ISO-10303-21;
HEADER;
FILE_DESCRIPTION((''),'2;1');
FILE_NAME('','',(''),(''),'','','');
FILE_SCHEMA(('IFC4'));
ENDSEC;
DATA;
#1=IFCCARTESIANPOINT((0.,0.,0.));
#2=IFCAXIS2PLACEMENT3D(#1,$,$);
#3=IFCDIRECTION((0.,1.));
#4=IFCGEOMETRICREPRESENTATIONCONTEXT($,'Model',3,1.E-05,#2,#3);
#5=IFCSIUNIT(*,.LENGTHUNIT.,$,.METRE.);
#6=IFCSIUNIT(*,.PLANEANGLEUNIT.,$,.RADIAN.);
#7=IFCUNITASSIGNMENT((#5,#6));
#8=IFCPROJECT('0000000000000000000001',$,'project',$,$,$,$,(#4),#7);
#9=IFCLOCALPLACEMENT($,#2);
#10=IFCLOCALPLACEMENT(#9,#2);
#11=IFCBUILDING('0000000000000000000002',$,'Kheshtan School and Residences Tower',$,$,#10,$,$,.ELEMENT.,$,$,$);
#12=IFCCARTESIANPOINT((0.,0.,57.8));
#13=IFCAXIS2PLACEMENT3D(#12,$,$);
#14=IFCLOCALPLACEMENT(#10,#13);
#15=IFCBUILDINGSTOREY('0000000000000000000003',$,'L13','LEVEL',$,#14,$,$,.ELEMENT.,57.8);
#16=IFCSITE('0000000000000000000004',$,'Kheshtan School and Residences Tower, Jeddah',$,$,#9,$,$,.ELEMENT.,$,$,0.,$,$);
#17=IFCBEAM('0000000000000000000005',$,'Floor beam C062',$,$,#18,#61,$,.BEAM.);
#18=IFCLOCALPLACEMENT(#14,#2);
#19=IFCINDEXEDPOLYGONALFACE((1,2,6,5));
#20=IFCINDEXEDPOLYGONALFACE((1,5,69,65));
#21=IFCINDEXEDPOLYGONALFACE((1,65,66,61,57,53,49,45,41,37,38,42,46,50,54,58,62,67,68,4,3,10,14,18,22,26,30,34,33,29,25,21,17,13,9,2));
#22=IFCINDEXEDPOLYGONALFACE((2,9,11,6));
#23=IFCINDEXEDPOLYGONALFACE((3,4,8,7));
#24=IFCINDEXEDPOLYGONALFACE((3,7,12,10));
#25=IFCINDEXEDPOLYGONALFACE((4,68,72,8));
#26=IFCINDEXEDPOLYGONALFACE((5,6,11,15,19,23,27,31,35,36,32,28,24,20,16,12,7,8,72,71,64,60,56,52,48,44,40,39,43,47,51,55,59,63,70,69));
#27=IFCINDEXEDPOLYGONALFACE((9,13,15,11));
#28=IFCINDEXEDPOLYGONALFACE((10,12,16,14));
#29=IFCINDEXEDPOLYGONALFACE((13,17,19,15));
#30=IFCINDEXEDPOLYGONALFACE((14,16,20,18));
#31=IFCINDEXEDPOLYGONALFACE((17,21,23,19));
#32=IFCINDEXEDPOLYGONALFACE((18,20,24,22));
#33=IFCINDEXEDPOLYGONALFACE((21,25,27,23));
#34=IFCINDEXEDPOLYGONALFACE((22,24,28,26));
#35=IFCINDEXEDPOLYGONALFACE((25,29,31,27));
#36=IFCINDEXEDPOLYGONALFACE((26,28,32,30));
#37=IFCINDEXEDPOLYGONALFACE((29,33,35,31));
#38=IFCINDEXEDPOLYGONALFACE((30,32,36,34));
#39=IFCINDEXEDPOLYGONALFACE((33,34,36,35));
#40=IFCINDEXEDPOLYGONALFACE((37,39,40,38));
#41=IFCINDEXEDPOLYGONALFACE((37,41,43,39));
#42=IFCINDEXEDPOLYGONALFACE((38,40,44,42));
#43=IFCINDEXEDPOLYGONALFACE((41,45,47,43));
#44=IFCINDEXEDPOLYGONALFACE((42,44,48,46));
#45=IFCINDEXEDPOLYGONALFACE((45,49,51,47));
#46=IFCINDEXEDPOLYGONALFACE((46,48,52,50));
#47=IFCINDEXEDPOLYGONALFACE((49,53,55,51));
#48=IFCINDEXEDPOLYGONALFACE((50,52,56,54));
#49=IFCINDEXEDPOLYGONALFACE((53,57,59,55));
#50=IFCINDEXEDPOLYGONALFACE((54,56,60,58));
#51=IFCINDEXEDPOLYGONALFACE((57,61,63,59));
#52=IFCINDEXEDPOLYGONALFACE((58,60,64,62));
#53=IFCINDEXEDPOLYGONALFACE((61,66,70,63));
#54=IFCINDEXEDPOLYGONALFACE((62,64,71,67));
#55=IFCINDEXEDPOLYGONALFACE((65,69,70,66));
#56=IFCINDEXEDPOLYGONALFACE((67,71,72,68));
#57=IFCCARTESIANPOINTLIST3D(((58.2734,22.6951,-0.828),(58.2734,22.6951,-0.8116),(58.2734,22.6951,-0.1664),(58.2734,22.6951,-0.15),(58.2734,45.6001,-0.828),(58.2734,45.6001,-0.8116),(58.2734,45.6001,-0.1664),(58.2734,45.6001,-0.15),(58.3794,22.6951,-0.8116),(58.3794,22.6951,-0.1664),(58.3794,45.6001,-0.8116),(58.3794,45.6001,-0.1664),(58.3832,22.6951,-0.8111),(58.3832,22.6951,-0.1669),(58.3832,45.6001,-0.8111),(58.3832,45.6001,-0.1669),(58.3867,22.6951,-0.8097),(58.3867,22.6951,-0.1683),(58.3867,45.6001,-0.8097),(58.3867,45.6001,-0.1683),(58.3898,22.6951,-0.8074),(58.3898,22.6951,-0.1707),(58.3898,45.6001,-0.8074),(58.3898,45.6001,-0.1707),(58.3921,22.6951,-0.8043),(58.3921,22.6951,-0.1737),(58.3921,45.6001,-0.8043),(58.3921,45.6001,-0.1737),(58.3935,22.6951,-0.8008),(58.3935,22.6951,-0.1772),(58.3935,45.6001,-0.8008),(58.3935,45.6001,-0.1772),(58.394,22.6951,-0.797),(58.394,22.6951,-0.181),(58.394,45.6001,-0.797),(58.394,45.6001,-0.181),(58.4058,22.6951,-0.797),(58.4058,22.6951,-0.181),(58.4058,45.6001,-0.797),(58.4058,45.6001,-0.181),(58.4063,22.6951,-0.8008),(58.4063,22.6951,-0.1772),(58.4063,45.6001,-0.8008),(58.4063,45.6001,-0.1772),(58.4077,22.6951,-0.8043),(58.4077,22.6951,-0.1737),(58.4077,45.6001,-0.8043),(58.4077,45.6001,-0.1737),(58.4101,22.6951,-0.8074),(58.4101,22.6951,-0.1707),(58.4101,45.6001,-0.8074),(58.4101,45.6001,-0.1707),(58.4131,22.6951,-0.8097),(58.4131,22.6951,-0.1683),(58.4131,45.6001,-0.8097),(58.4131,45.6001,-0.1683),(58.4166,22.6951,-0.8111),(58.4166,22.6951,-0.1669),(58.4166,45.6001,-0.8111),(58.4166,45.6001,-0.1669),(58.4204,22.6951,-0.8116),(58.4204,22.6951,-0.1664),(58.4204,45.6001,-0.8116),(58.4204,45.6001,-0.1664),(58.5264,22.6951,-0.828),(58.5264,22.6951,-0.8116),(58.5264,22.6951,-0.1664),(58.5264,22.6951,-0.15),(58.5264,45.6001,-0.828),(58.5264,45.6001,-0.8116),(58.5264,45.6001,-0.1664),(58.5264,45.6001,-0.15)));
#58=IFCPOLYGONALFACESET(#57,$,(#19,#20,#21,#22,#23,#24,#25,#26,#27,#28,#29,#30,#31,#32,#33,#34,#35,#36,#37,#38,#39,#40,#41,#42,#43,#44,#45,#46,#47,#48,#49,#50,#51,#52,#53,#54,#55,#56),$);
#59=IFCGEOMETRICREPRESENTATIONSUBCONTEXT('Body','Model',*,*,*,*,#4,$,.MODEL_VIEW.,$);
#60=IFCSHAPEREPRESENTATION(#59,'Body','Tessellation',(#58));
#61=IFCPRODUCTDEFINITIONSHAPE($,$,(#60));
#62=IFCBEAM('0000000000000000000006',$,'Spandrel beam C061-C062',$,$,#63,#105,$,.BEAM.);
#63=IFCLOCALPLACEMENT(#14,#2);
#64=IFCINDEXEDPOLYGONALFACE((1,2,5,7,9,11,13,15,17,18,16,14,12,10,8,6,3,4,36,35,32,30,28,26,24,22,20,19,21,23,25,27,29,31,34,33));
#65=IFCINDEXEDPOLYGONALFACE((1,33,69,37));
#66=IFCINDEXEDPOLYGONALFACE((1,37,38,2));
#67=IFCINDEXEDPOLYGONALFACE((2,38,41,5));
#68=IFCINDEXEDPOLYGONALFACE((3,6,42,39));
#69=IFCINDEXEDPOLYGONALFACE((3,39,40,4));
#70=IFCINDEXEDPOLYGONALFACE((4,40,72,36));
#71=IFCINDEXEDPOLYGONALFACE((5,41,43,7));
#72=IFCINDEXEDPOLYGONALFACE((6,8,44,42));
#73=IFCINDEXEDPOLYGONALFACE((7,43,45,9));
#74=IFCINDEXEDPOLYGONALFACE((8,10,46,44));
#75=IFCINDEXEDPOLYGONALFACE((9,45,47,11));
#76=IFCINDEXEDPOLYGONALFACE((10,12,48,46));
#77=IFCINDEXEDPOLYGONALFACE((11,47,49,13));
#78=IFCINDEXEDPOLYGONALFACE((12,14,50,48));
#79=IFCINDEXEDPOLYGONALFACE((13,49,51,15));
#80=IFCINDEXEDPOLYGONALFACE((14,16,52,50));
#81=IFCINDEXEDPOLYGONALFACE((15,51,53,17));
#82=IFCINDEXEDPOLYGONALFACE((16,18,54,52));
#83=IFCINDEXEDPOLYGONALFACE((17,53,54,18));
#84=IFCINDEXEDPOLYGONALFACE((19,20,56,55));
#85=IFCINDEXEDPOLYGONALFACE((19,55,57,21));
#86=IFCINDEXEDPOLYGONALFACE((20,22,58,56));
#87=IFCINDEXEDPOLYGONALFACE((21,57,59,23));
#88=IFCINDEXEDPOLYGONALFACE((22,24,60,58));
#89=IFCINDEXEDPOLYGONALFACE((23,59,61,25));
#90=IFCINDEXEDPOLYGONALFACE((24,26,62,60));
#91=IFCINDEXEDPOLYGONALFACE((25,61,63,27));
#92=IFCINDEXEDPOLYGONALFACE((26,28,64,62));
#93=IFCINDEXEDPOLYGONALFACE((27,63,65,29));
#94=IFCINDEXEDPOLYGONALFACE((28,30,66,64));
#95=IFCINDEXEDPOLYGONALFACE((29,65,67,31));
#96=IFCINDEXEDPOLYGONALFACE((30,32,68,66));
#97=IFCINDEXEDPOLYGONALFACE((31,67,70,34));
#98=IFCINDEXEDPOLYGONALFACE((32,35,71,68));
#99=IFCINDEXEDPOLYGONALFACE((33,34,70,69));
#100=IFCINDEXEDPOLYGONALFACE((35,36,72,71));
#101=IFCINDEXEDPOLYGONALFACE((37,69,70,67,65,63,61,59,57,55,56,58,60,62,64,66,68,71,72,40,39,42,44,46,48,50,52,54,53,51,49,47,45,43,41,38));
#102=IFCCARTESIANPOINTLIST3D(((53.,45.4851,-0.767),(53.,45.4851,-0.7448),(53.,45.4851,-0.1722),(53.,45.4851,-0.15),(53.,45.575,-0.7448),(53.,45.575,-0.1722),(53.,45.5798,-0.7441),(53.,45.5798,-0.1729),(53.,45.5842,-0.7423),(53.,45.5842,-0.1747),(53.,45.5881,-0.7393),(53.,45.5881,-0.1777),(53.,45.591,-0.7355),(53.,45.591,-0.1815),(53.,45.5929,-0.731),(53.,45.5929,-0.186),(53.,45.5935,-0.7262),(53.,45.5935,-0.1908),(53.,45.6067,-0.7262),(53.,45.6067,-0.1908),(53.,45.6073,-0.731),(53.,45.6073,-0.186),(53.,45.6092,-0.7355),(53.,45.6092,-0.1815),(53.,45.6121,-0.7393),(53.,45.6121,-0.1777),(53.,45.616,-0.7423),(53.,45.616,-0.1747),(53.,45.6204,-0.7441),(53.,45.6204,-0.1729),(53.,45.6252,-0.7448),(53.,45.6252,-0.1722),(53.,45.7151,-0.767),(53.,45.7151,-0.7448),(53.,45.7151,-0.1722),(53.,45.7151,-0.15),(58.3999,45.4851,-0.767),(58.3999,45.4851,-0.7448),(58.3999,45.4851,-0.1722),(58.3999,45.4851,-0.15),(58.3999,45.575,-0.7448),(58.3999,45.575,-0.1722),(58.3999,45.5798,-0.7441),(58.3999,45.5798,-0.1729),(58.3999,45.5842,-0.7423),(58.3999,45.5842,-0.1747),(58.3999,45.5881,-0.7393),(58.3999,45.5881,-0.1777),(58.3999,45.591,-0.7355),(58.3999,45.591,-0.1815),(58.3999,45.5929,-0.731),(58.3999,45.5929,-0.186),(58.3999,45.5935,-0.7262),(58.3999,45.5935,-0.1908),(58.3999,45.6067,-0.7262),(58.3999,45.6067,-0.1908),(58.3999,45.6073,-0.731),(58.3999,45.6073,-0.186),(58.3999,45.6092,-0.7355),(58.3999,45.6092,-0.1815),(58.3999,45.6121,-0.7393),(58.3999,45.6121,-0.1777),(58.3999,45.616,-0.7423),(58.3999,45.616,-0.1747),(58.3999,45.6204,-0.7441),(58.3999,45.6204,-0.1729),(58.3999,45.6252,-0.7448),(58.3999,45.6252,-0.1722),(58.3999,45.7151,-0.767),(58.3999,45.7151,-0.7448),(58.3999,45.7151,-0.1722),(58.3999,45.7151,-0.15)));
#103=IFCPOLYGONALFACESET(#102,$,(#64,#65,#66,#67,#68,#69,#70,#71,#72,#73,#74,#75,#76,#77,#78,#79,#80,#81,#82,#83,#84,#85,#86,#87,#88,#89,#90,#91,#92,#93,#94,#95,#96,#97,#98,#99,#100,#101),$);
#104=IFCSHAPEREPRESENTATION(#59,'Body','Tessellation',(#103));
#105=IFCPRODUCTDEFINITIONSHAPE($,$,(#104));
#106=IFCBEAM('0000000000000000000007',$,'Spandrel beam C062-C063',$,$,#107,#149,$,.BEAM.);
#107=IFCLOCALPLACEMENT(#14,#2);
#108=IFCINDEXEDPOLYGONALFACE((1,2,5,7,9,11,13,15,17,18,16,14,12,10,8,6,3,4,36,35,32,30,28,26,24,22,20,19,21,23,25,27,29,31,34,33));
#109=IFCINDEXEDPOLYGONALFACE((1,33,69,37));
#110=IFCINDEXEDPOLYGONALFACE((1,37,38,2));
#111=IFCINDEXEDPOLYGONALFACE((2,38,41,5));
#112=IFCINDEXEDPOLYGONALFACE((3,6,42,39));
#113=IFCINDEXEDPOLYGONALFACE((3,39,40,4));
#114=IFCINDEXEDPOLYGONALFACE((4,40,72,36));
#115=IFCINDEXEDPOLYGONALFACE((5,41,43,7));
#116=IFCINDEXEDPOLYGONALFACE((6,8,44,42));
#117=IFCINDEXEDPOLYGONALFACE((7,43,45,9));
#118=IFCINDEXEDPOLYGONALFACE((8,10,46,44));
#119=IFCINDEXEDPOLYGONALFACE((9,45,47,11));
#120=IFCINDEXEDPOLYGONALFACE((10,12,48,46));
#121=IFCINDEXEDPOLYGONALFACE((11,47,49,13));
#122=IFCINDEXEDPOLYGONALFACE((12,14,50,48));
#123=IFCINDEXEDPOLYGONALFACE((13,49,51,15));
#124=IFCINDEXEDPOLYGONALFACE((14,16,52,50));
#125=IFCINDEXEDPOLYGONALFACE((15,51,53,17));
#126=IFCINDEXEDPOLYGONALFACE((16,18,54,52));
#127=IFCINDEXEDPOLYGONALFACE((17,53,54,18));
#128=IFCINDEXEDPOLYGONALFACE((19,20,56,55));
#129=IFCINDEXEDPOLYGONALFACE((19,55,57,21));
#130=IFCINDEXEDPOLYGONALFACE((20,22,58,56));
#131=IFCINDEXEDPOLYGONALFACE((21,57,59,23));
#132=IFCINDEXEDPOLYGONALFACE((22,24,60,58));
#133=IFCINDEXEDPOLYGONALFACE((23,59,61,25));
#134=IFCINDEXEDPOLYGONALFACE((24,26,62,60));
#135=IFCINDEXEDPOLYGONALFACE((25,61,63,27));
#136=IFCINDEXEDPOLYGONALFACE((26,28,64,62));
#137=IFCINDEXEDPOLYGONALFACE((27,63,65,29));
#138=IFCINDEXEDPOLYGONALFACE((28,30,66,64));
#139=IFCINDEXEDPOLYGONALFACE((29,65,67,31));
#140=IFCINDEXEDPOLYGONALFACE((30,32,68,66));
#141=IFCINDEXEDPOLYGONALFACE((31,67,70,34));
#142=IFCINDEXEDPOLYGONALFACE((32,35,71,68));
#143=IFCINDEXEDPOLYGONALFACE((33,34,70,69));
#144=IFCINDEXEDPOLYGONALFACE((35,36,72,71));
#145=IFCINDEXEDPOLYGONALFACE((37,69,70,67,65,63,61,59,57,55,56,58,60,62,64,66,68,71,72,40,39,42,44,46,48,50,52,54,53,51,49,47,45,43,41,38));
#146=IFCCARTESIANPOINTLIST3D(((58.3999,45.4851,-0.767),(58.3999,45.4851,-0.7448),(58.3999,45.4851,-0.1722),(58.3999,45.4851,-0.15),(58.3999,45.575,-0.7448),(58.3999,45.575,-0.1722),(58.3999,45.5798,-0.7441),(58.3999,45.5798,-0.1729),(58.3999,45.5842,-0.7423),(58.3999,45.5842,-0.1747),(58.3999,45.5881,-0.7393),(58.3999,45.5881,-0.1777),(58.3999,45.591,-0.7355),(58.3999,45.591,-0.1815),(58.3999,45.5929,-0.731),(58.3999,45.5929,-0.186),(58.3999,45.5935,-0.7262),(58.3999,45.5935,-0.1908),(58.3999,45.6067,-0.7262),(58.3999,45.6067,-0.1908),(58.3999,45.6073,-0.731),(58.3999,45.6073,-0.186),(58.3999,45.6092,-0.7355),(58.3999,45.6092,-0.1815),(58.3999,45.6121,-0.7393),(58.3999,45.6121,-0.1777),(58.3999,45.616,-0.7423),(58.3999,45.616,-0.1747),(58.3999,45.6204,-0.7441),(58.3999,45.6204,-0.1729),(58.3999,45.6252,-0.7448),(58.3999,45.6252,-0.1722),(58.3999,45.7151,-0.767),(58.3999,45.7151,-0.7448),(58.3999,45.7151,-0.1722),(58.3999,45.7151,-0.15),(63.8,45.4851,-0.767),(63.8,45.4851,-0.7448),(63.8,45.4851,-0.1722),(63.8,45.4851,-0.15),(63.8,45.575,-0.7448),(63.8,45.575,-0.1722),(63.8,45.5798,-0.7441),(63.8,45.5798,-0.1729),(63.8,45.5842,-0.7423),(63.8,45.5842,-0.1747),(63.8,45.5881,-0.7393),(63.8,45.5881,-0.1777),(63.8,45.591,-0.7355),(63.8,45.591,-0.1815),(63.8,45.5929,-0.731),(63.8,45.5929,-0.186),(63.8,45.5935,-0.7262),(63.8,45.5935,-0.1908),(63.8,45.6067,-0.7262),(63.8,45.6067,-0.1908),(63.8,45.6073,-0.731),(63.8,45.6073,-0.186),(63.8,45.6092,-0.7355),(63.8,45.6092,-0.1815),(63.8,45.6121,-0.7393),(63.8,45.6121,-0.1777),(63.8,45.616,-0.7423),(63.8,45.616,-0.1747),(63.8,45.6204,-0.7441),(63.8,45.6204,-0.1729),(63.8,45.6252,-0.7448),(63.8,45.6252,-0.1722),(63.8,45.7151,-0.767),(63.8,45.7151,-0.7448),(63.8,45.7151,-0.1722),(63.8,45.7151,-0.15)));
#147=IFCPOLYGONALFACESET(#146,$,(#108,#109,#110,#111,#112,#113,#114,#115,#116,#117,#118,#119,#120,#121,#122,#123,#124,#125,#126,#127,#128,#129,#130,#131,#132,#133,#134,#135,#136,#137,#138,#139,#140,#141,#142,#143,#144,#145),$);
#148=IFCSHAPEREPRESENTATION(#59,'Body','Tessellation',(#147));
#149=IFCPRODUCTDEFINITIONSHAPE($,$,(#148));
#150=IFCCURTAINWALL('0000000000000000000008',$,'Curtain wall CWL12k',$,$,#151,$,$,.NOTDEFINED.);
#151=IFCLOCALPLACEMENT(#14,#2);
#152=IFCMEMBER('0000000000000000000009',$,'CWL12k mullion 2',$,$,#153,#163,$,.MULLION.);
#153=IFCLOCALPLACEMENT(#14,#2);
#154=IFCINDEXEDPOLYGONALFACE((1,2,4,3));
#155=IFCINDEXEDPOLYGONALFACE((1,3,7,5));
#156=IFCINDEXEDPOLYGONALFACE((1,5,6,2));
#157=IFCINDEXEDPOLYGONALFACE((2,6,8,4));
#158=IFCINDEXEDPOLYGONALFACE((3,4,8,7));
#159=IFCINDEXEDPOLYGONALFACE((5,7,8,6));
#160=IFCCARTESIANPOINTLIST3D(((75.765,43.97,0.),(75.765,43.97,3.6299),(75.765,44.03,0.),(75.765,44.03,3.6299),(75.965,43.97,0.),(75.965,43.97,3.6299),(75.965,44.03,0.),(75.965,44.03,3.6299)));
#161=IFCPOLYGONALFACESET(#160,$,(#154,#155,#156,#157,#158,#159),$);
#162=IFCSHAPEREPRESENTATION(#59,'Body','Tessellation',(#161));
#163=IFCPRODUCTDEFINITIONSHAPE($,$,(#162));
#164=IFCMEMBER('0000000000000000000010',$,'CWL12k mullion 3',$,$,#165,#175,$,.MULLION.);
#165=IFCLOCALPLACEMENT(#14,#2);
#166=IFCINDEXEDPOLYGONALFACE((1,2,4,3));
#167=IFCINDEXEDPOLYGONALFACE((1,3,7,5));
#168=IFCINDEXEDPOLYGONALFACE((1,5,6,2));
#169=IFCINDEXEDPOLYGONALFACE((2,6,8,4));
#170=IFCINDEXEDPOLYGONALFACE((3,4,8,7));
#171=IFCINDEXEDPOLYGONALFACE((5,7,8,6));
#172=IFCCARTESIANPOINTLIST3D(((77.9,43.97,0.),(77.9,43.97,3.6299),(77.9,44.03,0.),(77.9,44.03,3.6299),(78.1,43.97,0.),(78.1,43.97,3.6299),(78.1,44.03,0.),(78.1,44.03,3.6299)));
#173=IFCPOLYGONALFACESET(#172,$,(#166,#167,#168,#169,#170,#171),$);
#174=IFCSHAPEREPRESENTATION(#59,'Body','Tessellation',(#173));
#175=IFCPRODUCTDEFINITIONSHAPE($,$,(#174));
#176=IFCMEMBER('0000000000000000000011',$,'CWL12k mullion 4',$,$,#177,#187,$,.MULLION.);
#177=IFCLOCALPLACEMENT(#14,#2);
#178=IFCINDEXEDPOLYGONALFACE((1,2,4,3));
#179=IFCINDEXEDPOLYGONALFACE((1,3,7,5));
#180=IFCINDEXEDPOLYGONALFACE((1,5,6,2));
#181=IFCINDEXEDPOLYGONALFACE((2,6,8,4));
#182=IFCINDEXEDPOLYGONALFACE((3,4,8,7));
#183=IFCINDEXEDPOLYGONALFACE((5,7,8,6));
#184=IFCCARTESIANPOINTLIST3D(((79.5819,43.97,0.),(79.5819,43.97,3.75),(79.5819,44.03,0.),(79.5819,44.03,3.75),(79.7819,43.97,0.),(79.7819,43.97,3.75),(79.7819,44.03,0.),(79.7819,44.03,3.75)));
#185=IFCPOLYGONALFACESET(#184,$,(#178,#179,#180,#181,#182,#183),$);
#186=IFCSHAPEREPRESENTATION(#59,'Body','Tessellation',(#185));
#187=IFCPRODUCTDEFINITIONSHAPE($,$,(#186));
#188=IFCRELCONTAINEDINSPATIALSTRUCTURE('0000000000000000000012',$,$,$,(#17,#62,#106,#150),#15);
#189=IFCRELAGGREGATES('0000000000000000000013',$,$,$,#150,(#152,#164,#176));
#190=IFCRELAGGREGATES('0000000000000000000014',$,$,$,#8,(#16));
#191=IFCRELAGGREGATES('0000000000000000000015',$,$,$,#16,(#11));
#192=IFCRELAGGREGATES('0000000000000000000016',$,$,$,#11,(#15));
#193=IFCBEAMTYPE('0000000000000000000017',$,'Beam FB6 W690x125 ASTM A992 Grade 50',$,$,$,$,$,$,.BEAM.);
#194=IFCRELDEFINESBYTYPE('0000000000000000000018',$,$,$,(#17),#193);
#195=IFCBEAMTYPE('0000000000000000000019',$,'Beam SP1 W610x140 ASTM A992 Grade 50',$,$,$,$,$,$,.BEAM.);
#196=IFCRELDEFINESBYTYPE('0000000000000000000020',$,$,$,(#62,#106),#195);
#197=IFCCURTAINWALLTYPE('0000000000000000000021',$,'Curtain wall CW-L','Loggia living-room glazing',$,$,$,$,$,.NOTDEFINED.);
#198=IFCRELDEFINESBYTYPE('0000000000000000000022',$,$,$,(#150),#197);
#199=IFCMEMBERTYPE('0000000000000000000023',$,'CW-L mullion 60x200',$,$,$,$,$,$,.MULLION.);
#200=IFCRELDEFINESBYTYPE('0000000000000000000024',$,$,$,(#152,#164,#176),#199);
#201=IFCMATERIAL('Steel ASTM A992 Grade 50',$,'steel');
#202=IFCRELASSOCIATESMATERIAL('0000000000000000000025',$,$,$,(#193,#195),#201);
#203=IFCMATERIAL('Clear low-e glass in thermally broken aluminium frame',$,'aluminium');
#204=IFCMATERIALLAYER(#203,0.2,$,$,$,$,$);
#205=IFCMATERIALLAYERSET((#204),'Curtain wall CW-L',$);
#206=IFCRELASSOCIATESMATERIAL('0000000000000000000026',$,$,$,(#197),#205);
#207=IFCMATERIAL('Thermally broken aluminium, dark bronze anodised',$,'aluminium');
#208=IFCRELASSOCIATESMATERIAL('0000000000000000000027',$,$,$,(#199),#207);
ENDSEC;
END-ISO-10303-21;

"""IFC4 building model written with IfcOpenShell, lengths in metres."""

from ifc_helpers import new_model, si_unit, direction, frame, origin, origin_2d, place, context, subcontext, project, spatial, rectangle, i_section, extrude, material, layer, layer_set, material_profile, profile_set, type_object, element, aggregate, save


model = new_model("IFC4")

# Units and contexts
model_context = context("Model", 3, precision=1e-05, world=origin(), true_north=direction((0.0, 1.0)))
body_context = subcontext(model_context, "Body", "Model", "MODEL_VIEW")
ifc_project = project(units=[si_unit("LENGTHUNIT", "METRE"), si_unit("PLANEANGLEUNIT", "RADIAN")], contexts=[model_context])

# Site, building, storey
site_placement = place(None, origin())
site = spatial("IfcSite", under=ifc_project, at=site_placement, Name="Kheshtan School and Residences Tower, Jeddah", CompositionType="ELEMENT", RefElevation=0.0)
building_placement = place(site_placement, origin())
building = spatial("IfcBuilding", under=site, at=building_placement, Name="Kheshtan School and Residences Tower", CompositionType="ELEMENT")
storey_placement = place(building_placement, frame((0.0, 0.0, 57.8)))
storey = spatial("IfcBuildingStorey", under=building, at=storey_placement, Name="L13", Description="LEVEL", CompositionType="ELEMENT", Elevation=57.8)

# Shared definitions
ifc_material_1 = material(Name="Steel ASTM A992 Grade 50", Category="steel")

# Beams
ifc_material_profile_1 = material_profile(ifc_material_1, i_section(OverallWidth=0.2529, OverallDepth=0.678, WebThickness=0.0117, FlangeThickness=0.0164, FilletRadius=0.0146, at=origin_2d()), Name="W690x125")
ifc_profile_set_1 = profile_set([ifc_material_profile_1], Name="Steel ASTM A992 Grade 50")
beam_type_1 = type_object("IfcBeamType", Name="Beam FB6 W690x125 ASTM A992 Grade 50", PredefinedType="BEAM", material=ifc_profile_set_1)
beam_1_placement = place(storey_placement, frame((58.3999, 45.6001, -0.489), z_axis=(0.0, -1.0, 0.0), x_axis=(1.0, 0.0, 0.0)))
element("IfcBeam", 1, at=beam_1_placement, inside=storey, type_object=beam_type_1, Name="Floor beam C062", PredefinedType="BEAM", context=body_context, shape_type="SweptSolid", body=[
    extrude(i_section(OverallWidth=0.2529, OverallDepth=0.678, WebThickness=0.0117, FlangeThickness=0.0164, FilletRadius=0.0146, at=origin_2d()), origin(), (0.0, 0.0, 1.0), 22.905),
])
ifc_material_profile_2 = material_profile(ifc_material_1, i_section(OverallWidth=0.23, OverallDepth=0.6169, WebThickness=0.0132, FlangeThickness=0.0222, FilletRadius=0.0186, at=origin_2d()), Name="W610x140")
ifc_profile_set_2 = profile_set([ifc_material_profile_2], Name="Steel ASTM A992 Grade 50")
beam_type_2 = type_object("IfcBeamType", Name="Beam SP1 W610x140 ASTM A992 Grade 50", PredefinedType="BEAM", material=ifc_profile_set_2)
beam_2_placement = place(storey_placement, frame((53.0, 45.6001, -0.4585), z_axis=(1.0, 0.0, 0.0), x_axis=(0.0, 1.0, 0.0)))
element("IfcBeam", 2, at=beam_2_placement, inside=storey, type_object=beam_type_2, Name="Spandrel beam C061-C062", PredefinedType="BEAM", context=body_context, shape_type="SweptSolid", body=[
    extrude(i_section(OverallWidth=0.23, OverallDepth=0.6169, WebThickness=0.0132, FlangeThickness=0.0222, FilletRadius=0.0186, at=origin_2d()), origin(), (0.0, 0.0, 1.0), 5.3999),
])
beam_3_placement = place(storey_placement, frame((58.3999, 45.6001, -0.4585), z_axis=(1.0, 0.0, 0.0), x_axis=(0.0, 1.0, 0.0)))
element("IfcBeam", 3, at=beam_3_placement, inside=storey, type_object=beam_type_2, Name="Spandrel beam C062-C063", PredefinedType="BEAM", context=body_context, shape_type="SweptSolid", body=[
    extrude(i_section(OverallWidth=0.23, OverallDepth=0.6169, WebThickness=0.0132, FlangeThickness=0.0222, FilletRadius=0.0186, at=origin_2d()), origin(), (0.0, 0.0, 1.0), 5.4001),
])

# Curtain wall, members
ifc_material_2 = material(Name="Clear low-e glass in thermally broken aluminium frame", Category="aluminium")
ifc_layer_1 = layer(ifc_material_2, 0.2)
ifc_layer_set_1 = layer_set([ifc_layer_1], Name="Curtain wall CW-L")
curtain_wall_type = type_object("IfcCurtainWallType", Name="Curtain wall CW-L", Description="Loggia living-room glazing", PredefinedType="NOTDEFINED", material=ifc_layer_set_1)
curtain_wall_1_placement = place(storey_placement, origin())
curtain_wall_1 = element("IfcCurtainWall", 4, at=curtain_wall_1_placement, inside=storey, type_object=curtain_wall_type, Name="Curtain wall CWL12k", PredefinedType="NOTDEFINED")
ifc_material_3 = material(Name="Thermally broken aluminium, dark bronze anodised", Category="aluminium")
ifc_material_profile_3 = material_profile(ifc_material_3, rectangle(XDim=0.0601, YDim=0.2, at=origin_2d()), Name="CW-L mullion 60x200")
ifc_profile_set_3 = profile_set([ifc_material_profile_3], Name="Thermally broken aluminium, dark bronze anodised")
member_type_1 = type_object("IfcMemberType", Name="CW-L mullion 60x200", PredefinedType="MULLION", material=ifc_profile_set_3)
member_1_placement = place(storey_placement, frame((75.865, 44.0, 0.0), z_axis=(0.0, 0.0, 1.0), x_axis=(0.0, 1.0, 0.0)))
member_1 = element("IfcMember", 5, at=member_1_placement, type_object=member_type_1, Name="CWL12k mullion 2", PredefinedType="MULLION", context=body_context, shape_type="SweptSolid", body=[
    extrude(rectangle(XDim=0.0601, YDim=0.2, at=origin_2d()), origin(), (0.0, 0.0, 1.0), 3.6299),
])
member_2_placement = place(storey_placement, frame((78.0, 44.0, 0.0), z_axis=(0.0, 0.0, 1.0), x_axis=(0.0, 1.0, 0.0)))
member_2 = element("IfcMember", 6, at=member_2_placement, type_object=member_type_1, Name="CWL12k mullion 3", PredefinedType="MULLION", context=body_context, shape_type="SweptSolid", body=[
    extrude(rectangle(XDim=0.0601, YDim=0.2, at=origin_2d()), origin(), (0.0, 0.0, 1.0), 3.6299),
])
member_3_placement = place(storey_placement, frame((79.6819, 44.0, 0.0), z_axis=(0.0, 0.0, 1.0), x_axis=(0.0, 1.0, 0.0)))
member_3 = element("IfcMember", 7, at=member_3_placement, type_object=member_type_1, Name="CWL12k mullion 4", PredefinedType="MULLION", context=body_context, shape_type="SweptSolid", body=[
    extrude(rectangle(XDim=0.0601, YDim=0.2, at=origin_2d()), origin(), (0.0, 0.0, 1.0), 3.75),
])

aggregate(curtain_wall_1, [member_1, member_2, member_3])

save(model, "model.ifc")
